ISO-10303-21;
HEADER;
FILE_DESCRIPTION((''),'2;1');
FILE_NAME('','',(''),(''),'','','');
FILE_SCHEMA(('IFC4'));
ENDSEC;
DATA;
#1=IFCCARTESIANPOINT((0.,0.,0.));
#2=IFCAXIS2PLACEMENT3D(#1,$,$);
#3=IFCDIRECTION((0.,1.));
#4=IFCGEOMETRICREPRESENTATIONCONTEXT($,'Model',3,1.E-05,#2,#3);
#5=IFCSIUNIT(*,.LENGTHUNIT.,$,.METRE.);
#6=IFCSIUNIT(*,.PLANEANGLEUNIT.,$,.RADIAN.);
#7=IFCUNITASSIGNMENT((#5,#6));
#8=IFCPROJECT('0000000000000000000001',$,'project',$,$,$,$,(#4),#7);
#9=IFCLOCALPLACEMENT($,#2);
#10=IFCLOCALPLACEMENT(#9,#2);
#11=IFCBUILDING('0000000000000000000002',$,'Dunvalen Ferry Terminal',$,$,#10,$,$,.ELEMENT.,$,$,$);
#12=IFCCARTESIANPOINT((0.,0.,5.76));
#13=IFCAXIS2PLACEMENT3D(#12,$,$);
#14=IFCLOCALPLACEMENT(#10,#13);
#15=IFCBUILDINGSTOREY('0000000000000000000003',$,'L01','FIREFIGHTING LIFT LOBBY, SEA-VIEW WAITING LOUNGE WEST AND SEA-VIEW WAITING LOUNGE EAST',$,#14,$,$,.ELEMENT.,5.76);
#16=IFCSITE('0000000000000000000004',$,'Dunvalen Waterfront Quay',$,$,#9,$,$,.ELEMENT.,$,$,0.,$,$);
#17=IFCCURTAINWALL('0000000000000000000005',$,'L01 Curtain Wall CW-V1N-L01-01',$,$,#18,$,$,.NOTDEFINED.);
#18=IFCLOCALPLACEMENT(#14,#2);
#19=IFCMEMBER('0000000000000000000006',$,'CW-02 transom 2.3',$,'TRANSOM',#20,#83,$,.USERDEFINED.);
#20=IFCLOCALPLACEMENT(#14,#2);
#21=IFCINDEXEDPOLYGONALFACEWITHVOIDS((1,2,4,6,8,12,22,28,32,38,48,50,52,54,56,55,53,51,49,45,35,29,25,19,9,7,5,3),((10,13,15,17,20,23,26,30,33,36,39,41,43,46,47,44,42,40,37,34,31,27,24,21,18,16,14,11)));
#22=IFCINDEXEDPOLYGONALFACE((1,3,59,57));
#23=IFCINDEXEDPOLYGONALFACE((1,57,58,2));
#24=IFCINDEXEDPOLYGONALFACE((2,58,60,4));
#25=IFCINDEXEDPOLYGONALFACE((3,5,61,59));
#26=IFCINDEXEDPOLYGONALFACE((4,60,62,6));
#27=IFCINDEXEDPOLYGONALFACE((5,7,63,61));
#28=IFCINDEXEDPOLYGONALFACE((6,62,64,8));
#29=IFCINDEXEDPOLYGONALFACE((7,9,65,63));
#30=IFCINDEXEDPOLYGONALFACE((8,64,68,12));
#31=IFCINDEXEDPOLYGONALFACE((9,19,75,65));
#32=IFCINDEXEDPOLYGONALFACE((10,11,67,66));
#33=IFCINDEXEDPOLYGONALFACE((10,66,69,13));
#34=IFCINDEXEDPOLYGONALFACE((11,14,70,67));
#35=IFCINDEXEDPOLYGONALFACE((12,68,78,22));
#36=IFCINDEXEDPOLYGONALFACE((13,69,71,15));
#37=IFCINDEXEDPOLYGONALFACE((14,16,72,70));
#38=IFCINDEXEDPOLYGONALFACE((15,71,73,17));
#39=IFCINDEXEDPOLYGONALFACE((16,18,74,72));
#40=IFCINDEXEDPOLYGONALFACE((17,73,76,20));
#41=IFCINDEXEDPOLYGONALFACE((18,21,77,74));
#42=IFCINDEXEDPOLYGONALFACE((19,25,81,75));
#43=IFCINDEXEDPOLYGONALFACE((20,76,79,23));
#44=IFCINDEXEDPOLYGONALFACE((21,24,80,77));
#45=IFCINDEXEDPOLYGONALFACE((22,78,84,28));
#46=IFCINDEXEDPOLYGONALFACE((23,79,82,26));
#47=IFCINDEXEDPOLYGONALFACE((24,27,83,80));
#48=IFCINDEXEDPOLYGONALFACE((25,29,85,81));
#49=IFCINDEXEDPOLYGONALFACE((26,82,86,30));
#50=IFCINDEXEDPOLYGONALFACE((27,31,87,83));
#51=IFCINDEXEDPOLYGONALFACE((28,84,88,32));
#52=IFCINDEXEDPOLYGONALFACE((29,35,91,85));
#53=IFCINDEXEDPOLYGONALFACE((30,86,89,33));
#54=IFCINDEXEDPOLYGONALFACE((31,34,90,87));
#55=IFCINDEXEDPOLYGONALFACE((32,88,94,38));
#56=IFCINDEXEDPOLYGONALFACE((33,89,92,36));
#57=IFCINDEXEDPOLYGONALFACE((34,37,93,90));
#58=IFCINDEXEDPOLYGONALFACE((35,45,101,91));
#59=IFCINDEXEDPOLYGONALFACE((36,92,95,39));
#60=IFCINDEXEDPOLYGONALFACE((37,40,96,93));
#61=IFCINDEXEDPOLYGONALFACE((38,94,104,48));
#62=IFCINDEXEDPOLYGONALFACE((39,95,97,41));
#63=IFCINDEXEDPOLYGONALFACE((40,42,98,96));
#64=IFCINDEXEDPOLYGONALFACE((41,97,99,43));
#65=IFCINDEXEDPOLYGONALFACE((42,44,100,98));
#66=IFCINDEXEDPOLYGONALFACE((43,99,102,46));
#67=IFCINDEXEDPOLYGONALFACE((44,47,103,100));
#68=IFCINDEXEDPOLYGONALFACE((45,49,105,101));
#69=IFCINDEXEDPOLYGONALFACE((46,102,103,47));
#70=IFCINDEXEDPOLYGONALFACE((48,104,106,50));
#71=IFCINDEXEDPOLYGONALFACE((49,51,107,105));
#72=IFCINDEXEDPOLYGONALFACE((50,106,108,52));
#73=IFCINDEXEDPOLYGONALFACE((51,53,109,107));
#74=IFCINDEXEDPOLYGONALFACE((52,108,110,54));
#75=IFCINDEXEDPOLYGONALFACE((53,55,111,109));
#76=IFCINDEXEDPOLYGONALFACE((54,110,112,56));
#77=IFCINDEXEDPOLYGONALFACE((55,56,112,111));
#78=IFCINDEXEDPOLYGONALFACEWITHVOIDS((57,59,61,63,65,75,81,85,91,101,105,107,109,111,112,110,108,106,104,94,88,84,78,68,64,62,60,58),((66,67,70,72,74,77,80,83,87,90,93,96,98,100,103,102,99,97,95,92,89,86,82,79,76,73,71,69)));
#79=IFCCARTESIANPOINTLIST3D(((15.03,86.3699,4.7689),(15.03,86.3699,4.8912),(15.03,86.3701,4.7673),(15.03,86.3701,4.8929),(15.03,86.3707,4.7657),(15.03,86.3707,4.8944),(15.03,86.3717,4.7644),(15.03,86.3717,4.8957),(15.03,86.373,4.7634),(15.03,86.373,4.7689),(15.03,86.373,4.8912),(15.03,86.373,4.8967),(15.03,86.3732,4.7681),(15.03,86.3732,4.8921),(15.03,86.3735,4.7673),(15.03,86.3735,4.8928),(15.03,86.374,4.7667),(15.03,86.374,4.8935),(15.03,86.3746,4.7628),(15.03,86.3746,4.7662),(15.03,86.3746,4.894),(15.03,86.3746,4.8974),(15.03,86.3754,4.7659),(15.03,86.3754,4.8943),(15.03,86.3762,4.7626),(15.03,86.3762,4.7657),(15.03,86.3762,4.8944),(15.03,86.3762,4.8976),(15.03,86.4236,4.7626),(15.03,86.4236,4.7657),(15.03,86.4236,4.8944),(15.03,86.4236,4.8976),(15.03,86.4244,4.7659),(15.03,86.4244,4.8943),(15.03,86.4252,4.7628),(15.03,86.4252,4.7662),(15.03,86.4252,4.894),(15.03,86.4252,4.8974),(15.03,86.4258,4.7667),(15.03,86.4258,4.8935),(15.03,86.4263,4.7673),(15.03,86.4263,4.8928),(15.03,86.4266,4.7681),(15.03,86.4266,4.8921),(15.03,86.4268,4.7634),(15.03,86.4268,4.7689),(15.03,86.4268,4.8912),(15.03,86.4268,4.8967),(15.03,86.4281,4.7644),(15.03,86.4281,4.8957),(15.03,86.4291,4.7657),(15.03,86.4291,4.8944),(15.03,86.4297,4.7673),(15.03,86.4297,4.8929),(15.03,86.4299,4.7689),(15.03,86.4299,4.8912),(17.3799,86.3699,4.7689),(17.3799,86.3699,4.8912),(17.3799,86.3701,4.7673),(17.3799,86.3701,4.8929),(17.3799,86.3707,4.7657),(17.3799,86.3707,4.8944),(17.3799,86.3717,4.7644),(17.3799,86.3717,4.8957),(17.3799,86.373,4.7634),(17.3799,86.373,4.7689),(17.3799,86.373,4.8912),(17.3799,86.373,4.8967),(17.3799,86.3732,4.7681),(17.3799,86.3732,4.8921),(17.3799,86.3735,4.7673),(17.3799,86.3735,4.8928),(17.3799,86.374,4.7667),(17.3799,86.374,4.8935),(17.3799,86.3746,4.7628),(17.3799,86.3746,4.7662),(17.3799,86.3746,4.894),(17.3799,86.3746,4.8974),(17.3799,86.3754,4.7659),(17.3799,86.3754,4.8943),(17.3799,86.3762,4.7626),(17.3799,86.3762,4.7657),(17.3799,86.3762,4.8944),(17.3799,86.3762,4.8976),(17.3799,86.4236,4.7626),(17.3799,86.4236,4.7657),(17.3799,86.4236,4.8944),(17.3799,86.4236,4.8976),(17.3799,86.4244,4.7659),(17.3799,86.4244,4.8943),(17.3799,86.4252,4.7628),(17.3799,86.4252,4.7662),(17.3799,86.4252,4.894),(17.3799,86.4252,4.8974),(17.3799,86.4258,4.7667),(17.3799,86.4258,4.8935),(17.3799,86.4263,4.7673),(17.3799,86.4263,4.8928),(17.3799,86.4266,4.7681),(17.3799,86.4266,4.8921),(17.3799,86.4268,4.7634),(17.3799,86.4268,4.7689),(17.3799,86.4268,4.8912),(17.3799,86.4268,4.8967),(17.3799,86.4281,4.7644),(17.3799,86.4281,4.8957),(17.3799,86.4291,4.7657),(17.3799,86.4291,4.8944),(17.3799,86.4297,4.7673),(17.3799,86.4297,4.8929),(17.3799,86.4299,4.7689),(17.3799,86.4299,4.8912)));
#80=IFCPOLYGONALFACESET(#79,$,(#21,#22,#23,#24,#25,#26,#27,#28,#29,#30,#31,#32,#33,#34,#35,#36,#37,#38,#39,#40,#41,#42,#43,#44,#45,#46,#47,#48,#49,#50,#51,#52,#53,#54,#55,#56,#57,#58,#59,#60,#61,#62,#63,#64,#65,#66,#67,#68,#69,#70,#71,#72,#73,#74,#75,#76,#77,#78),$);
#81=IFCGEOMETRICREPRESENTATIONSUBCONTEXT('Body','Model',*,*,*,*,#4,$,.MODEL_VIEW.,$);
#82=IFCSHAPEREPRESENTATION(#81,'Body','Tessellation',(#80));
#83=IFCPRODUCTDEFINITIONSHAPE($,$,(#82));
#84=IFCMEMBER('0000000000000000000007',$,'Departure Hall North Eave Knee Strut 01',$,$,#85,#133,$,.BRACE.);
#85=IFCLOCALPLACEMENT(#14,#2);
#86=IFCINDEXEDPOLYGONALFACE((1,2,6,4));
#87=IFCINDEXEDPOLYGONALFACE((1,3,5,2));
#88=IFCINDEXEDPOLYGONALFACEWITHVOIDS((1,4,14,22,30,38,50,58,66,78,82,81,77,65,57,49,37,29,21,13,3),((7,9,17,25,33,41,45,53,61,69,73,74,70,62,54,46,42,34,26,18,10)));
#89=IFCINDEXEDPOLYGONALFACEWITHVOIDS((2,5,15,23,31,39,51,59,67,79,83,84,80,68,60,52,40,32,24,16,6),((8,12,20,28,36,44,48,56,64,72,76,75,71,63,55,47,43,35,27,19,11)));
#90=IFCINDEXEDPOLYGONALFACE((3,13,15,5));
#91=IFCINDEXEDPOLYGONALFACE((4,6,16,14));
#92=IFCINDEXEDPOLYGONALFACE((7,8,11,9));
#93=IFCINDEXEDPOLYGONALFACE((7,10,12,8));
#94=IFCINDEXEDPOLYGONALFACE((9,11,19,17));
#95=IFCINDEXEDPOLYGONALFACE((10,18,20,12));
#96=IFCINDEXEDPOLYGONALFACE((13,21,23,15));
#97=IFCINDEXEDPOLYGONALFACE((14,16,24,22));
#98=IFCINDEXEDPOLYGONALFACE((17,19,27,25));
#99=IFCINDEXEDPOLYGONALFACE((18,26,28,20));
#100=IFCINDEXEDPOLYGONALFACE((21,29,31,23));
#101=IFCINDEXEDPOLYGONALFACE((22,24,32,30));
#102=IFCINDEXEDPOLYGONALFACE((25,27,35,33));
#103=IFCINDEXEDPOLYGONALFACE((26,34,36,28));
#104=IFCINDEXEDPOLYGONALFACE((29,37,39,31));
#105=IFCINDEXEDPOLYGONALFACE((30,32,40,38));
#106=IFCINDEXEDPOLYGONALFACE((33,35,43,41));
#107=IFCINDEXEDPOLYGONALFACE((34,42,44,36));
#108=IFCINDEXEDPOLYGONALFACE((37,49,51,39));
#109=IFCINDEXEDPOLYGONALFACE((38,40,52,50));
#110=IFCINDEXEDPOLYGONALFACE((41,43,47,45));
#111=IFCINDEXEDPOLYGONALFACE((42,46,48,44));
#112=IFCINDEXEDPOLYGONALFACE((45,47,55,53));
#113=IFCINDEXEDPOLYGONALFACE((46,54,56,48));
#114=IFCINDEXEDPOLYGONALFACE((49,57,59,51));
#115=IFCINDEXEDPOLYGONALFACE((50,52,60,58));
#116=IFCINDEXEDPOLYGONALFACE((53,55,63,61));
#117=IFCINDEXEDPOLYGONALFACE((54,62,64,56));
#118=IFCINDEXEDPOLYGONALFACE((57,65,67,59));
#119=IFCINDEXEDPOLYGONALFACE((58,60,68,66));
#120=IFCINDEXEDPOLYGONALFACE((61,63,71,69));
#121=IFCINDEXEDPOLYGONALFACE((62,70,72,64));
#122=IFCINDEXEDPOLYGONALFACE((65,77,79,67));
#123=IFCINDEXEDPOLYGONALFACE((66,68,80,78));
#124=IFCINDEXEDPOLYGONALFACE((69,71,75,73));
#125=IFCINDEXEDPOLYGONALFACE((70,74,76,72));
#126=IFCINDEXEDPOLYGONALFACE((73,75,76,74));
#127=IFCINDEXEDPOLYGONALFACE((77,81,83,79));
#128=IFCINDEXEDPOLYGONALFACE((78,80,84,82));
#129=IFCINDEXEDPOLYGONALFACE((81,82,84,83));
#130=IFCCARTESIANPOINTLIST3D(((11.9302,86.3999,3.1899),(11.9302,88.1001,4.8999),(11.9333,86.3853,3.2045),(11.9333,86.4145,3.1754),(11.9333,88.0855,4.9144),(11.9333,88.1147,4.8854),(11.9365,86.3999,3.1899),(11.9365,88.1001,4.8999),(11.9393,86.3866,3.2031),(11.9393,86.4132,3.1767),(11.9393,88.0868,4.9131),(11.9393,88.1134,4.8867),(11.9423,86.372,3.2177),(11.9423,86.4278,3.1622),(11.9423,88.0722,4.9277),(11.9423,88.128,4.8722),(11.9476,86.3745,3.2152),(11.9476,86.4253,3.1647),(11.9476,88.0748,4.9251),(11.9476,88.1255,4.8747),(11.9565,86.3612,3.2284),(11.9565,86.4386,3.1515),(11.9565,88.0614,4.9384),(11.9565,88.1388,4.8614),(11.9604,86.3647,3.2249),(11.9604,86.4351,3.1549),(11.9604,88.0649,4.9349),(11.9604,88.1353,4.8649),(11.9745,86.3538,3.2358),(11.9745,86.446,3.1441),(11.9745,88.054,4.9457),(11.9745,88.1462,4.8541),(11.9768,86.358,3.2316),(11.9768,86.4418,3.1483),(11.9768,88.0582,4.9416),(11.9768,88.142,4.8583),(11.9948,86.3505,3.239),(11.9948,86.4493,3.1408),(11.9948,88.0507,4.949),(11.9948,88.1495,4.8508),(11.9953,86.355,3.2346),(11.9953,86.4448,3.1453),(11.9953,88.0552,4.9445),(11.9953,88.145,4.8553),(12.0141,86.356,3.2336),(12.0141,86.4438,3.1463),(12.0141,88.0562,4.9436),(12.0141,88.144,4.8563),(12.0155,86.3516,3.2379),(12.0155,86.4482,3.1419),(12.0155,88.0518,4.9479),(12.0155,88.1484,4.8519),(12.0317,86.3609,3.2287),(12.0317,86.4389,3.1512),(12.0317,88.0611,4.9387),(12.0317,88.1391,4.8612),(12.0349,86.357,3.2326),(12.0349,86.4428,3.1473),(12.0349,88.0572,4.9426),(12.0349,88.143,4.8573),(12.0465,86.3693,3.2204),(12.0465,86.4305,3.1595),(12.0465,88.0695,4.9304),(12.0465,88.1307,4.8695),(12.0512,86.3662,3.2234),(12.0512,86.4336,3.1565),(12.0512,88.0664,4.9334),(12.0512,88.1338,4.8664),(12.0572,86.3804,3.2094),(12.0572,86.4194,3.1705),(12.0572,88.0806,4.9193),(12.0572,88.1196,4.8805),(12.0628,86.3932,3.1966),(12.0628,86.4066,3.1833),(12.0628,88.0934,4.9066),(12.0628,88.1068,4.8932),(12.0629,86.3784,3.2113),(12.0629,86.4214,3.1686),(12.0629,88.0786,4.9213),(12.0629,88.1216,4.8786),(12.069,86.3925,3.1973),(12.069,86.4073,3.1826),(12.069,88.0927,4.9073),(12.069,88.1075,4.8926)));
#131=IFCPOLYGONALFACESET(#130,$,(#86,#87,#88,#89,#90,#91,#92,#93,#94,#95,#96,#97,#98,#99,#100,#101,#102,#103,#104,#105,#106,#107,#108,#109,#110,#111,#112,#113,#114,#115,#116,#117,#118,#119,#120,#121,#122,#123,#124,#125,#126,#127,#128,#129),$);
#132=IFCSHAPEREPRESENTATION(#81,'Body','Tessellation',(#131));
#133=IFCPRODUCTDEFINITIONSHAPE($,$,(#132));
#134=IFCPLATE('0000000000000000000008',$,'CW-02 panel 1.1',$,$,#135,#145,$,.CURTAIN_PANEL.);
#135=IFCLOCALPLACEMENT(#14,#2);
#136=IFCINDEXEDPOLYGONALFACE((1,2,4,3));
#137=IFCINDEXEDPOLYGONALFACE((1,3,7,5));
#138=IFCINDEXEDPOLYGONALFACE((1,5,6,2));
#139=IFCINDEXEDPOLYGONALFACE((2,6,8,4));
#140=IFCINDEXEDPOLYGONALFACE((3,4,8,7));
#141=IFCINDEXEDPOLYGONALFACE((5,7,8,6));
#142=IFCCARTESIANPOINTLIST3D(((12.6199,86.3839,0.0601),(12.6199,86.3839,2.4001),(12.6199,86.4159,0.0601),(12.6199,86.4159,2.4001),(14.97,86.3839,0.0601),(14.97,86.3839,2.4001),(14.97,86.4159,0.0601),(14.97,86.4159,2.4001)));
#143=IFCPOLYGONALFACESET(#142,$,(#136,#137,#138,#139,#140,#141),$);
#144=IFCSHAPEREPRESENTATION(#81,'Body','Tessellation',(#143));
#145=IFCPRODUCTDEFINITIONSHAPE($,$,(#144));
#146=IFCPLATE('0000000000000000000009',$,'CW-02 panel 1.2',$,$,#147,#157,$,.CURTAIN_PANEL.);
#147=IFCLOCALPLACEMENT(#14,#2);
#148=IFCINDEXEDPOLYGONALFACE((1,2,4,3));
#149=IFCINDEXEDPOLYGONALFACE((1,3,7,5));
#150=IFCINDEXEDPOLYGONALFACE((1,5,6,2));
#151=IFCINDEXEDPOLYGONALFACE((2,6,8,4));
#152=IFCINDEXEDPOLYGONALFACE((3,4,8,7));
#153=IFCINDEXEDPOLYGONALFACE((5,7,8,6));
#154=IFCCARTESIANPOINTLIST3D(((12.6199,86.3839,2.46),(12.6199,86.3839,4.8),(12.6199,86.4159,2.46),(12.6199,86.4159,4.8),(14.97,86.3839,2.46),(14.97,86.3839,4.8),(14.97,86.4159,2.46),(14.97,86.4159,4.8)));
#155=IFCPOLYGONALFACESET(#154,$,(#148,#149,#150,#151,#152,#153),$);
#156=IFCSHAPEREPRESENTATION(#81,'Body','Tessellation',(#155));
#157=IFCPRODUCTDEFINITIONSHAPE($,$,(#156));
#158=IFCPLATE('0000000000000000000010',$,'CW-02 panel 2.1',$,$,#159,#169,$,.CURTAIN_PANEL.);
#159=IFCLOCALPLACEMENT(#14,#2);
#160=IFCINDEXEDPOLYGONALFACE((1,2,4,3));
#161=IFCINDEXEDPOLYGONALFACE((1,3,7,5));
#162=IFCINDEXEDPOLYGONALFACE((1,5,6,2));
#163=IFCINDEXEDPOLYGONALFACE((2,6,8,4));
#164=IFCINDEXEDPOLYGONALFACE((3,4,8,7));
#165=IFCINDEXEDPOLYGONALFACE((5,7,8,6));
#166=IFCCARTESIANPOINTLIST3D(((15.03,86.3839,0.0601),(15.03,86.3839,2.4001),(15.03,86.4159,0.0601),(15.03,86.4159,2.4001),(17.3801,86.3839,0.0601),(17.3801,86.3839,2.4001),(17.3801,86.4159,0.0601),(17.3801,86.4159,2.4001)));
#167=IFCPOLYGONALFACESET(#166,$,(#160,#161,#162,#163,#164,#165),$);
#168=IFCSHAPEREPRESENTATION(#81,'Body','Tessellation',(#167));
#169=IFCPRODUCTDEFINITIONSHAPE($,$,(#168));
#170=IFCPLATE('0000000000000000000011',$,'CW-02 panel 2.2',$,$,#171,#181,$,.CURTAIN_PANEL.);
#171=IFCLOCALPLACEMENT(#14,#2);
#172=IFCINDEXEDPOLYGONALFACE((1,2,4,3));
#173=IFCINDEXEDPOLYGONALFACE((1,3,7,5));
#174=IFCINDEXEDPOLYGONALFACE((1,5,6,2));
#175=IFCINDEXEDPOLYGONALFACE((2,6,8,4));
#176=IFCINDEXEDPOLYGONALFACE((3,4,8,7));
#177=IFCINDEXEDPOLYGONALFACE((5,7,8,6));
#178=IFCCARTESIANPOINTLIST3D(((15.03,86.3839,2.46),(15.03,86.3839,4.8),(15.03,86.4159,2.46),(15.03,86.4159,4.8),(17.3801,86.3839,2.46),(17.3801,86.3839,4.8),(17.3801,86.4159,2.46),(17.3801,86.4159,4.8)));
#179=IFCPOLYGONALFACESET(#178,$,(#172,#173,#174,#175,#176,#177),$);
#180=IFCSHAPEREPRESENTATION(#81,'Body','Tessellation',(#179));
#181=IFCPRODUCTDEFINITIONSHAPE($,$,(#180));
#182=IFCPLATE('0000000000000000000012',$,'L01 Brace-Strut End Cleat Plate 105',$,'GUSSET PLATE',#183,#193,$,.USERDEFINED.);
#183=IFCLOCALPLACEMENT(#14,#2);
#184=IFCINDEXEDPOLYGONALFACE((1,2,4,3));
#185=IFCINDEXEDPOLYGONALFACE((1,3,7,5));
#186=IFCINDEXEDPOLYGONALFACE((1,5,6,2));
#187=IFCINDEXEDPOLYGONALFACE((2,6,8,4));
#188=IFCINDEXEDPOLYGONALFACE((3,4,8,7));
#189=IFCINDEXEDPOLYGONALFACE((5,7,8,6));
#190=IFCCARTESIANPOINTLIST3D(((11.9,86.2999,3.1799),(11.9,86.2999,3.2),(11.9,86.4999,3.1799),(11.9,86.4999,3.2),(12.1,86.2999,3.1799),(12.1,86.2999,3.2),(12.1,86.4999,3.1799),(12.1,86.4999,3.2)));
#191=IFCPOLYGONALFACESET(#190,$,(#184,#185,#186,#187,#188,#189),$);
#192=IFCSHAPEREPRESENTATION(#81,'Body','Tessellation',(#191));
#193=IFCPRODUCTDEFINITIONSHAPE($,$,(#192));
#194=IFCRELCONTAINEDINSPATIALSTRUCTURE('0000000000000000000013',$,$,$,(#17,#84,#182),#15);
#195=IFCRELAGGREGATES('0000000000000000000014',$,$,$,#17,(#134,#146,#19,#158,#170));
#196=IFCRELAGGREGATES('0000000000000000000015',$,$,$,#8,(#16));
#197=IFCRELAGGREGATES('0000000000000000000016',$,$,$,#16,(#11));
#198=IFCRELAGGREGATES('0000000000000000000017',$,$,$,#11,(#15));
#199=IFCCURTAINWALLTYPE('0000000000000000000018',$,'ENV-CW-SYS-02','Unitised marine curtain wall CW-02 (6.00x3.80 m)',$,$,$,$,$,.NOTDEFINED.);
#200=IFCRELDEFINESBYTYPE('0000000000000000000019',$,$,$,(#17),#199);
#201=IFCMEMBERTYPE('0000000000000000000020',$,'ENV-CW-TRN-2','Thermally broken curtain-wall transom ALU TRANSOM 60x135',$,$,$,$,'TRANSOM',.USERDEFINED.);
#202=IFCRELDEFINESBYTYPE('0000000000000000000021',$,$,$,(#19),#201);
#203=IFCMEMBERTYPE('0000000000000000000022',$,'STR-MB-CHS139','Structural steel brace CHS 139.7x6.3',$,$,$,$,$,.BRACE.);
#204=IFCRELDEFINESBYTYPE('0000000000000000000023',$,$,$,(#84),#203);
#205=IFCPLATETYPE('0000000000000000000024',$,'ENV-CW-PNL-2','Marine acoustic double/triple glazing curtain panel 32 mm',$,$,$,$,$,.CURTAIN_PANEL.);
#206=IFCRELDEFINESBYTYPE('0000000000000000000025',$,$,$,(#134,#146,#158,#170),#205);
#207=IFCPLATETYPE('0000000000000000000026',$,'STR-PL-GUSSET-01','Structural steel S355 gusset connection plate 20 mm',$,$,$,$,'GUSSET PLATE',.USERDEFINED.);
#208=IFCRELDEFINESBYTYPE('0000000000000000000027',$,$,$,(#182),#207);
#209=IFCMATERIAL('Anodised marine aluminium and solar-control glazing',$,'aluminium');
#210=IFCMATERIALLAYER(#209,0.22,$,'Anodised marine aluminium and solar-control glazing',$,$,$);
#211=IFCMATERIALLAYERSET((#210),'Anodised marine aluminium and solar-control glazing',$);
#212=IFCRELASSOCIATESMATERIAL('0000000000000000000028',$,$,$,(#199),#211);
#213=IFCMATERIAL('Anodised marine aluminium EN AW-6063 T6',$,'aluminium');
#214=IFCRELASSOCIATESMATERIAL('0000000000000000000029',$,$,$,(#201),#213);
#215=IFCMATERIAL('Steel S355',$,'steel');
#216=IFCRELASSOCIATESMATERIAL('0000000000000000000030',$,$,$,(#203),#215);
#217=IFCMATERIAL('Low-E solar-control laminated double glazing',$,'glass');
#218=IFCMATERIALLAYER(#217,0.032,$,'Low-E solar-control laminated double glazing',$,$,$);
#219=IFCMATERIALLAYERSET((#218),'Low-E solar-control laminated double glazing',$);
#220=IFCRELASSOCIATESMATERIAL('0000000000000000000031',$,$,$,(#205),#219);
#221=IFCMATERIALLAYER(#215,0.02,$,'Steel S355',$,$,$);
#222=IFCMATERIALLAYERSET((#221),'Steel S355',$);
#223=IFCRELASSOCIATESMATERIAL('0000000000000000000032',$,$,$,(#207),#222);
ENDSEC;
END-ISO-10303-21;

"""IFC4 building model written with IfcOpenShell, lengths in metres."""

from ifc_helpers import new_model, si_unit, direction, frame, origin, origin_2d, place, context, subcontext, project, spatial, rectangle, hollow_rectangle, hollow_circle, extrude, material, layer, layer_set, material_profile, profile_set, type_object, element, aggregate, save


model = new_model("IFC4")

# Units and contexts
model_context = context("Model", 3, precision=1e-05, world=origin(), true_north=direction((0.0, 1.0)))
body_context = subcontext(model_context, "Body", "Model", "MODEL_VIEW")
ifc_project = project(units=[si_unit("LENGTHUNIT", "METRE"), si_unit("PLANEANGLEUNIT", "RADIAN")], contexts=[model_context])

# Site, building, storey
site_placement = place(None, origin())
site = spatial("IfcSite", under=ifc_project, at=site_placement, Name="Dunvalen Waterfront Quay", CompositionType="ELEMENT", RefElevation=0.0)
building_placement = place(site_placement, origin())
building = spatial("IfcBuilding", under=site, at=building_placement, Name="Dunvalen Ferry Terminal", CompositionType="ELEMENT")
storey_placement = place(building_placement, frame((0.0, 0.0, 5.76)))
storey = spatial("IfcBuildingStorey", under=building, at=storey_placement, Name="L01", Description="FIREFIGHTING LIFT LOBBY, SEA-VIEW WAITING LOUNGE WEST AND SEA-VIEW WAITING LOUNGE EAST", CompositionType="ELEMENT", Elevation=5.76)

# Curtain wall, member
ifc_material_1 = material(Name="Anodised marine aluminium and solar-control glazing", Category="aluminium")
ifc_layer_1 = layer(ifc_material_1, 0.22, Name="Anodised marine aluminium and solar-control glazing")
ifc_layer_set_1 = layer_set([ifc_layer_1], Name="Anodised marine aluminium and solar-control glazing")
curtain_wall_type = type_object("IfcCurtainWallType", Name="ENV-CW-SYS-02", Description="Unitised marine curtain wall CW-02 (6.00x3.80 m)", PredefinedType="NOTDEFINED", material=ifc_layer_set_1)
curtain_wall_placement = place(storey_placement, origin())
curtain_wall = element("IfcCurtainWall", 1, at=curtain_wall_placement, inside=storey, type_object=curtain_wall_type, Name="L01 Curtain Wall CW-V1N-L01-01", PredefinedType="NOTDEFINED")
ifc_material_2 = material(Name="Anodised marine aluminium EN AW-6063 T6", Category="aluminium")
ifc_material_profile_1 = material_profile(ifc_material_2, hollow_rectangle(XDim=0.0601, YDim=0.135, WallThickness=0.0032, InnerFilletRadius=0.0032, OuterFilletRadius=0.0063, at=origin_2d()), Name="Anodised marine aluminium EN AW-6063 T6")
ifc_profile_set_1 = profile_set([ifc_material_profile_1], Name="Anodised marine aluminium EN AW-6063 T6")
member_type_1 = type_object("IfcMemberType", Name="ENV-CW-TRN-2", Description="Thermally broken curtain-wall transom ALU TRANSOM 60x135", ElementType="TRANSOM", PredefinedType="USERDEFINED", material=ifc_profile_set_1)
member_1_placement = place(storey_placement, frame((15.03, 86.3999, 4.8301), z_axis=(1.0, 0.0, 0.0), x_axis=(0.0, 1.0, 0.0)))
member_1 = element("IfcMember", 2, at=member_1_placement, type_object=member_type_1, Name="CW-02 transom 2.3", ObjectType="TRANSOM", PredefinedType="USERDEFINED", context=body_context, shape_type="SweptSolid", body=[
    extrude(hollow_rectangle(XDim=0.0601, YDim=0.135, WallThickness=0.0032, InnerFilletRadius=0.0032, OuterFilletRadius=0.0063, at=origin_2d()), origin(), (0.0, 0.0, 1.0), 2.3499),
])

# Member
ifc_material_3 = material(Name="Steel S355", Category="steel")
ifc_material_profile_2 = material_profile(ifc_material_3, hollow_circle(Radius=0.0698, WallThickness=0.0063, at=origin_2d()), Name="Steel S355")
ifc_profile_set_2 = profile_set([ifc_material_profile_2], Name="Steel S355")
member_type_2 = type_object("IfcMemberType", Name="STR-MB-CHS139", Description="Structural steel brace CHS 139.7x6.3", PredefinedType="BRACE", material=ifc_profile_set_2)
member_2_placement = place(storey_placement, frame((12.0, 86.3999, 3.1899), z_axis=(0.0, 0.705079, 0.709129), x_axis=(-1.0, 0.0, 0.0)))
element("IfcMember", 3, at=member_2_placement, inside=storey, type_object=member_type_2, Name="Departure Hall North Eave Knee Strut 01", PredefinedType="BRACE", context=body_context, shape_type="SweptSolid", body=[
    extrude(hollow_circle(Radius=0.0698, WallThickness=0.0063, at=origin_2d()), origin(), (0.0, 0.0, 1.0), 2.4114),
])

# Plates
ifc_material_4 = material(Name="Low-E solar-control laminated double glazing", Category="glass")
ifc_layer_2 = layer(ifc_material_4, 0.032, Name="Low-E solar-control laminated double glazing")
ifc_layer_set_2 = layer_set([ifc_layer_2], Name="Low-E solar-control laminated double glazing")
plate_type_1 = type_object("IfcPlateType", Name="ENV-CW-PNL-2", Description="Marine acoustic double/triple glazing curtain panel 32 mm", PredefinedType="CURTAIN_PANEL", material=ifc_layer_set_2)
plate_1_placement = place(storey_placement, frame((13.7949, 86.3999, 0.0601), z_axis=(0.0, 0.0, 1.0), x_axis=(1.0, 0.0, 0.0)))
plate_1 = element("IfcPlate", 4, at=plate_1_placement, type_object=plate_type_1, Name="CW-02 panel 1.1", PredefinedType="CURTAIN_PANEL", context=body_context, shape_type="SweptSolid", body=[
    extrude(rectangle(XDim=2.3501, YDim=0.032, at=origin_2d()), origin(), (0.0, 0.0, 1.0), 2.3401),
])
plate_2_placement = place(storey_placement, frame((13.7949, 86.3999, 2.46), z_axis=(0.0, 0.0, 1.0), x_axis=(1.0, 0.0, 0.0)))
plate_2 = element("IfcPlate", 5, at=plate_2_placement, type_object=plate_type_1, Name="CW-02 panel 1.2", PredefinedType="CURTAIN_PANEL", context=body_context, shape_type="SweptSolid", body=[
    extrude(rectangle(XDim=2.3501, YDim=0.032, at=origin_2d()), origin(), (0.0, 0.0, 1.0), 2.3401),
])
plate_3_placement = place(storey_placement, frame((16.2051, 86.3999, 0.0601), z_axis=(0.0, 0.0, 1.0), x_axis=(1.0, 0.0, 0.0)))
plate_3 = element("IfcPlate", 6, at=plate_3_placement, type_object=plate_type_1, Name="CW-02 panel 2.1", PredefinedType="CURTAIN_PANEL", context=body_context, shape_type="SweptSolid", body=[
    extrude(rectangle(XDim=2.3501, YDim=0.032, at=origin_2d()), origin(), (0.0, 0.0, 1.0), 2.3401),
])
plate_4_placement = place(storey_placement, frame((16.2051, 86.3999, 2.46), z_axis=(0.0, 0.0, 1.0), x_axis=(1.0, 0.0, 0.0)))
plate_4 = element("IfcPlate", 7, at=plate_4_placement, type_object=plate_type_1, Name="CW-02 panel 2.2", PredefinedType="CURTAIN_PANEL", context=body_context, shape_type="SweptSolid", body=[
    extrude(rectangle(XDim=2.3501, YDim=0.032, at=origin_2d()), origin(), (0.0, 0.0, 1.0), 2.3401),
])
aggregate(curtain_wall, [plate_1, plate_2, member_1, plate_3, plate_4])
ifc_layer_3 = layer(ifc_material_3, 0.02, Name="Steel S355")
ifc_layer_set_3 = layer_set([ifc_layer_3], Name="Steel S355")
plate_type_2 = type_object("IfcPlateType", Name="STR-PL-GUSSET-01", Description="Structural steel S355 gusset connection plate 20 mm", ElementType="GUSSET PLATE", PredefinedType="USERDEFINED", material=ifc_layer_set_3)
plate_5_placement = place(storey_placement, frame((12.0, 86.3999, 3.1799), z_axis=(0.0, 0.0, 1.0), x_axis=(1.0, 0.0, 0.0)))
element("IfcPlate", 8, at=plate_5_placement, inside=storey, type_object=plate_type_2, Name="L01 Brace-Strut End Cleat Plate 105", ObjectType="GUSSET PLATE", PredefinedType="USERDEFINED", context=body_context, shape_type="SweptSolid", body=[
    extrude(rectangle(XDim=0.2, YDim=0.2, at=origin_2d()), origin(), (0.0, 0.0, 1.0), 0.02),
])

save(model, "model.ifc")
